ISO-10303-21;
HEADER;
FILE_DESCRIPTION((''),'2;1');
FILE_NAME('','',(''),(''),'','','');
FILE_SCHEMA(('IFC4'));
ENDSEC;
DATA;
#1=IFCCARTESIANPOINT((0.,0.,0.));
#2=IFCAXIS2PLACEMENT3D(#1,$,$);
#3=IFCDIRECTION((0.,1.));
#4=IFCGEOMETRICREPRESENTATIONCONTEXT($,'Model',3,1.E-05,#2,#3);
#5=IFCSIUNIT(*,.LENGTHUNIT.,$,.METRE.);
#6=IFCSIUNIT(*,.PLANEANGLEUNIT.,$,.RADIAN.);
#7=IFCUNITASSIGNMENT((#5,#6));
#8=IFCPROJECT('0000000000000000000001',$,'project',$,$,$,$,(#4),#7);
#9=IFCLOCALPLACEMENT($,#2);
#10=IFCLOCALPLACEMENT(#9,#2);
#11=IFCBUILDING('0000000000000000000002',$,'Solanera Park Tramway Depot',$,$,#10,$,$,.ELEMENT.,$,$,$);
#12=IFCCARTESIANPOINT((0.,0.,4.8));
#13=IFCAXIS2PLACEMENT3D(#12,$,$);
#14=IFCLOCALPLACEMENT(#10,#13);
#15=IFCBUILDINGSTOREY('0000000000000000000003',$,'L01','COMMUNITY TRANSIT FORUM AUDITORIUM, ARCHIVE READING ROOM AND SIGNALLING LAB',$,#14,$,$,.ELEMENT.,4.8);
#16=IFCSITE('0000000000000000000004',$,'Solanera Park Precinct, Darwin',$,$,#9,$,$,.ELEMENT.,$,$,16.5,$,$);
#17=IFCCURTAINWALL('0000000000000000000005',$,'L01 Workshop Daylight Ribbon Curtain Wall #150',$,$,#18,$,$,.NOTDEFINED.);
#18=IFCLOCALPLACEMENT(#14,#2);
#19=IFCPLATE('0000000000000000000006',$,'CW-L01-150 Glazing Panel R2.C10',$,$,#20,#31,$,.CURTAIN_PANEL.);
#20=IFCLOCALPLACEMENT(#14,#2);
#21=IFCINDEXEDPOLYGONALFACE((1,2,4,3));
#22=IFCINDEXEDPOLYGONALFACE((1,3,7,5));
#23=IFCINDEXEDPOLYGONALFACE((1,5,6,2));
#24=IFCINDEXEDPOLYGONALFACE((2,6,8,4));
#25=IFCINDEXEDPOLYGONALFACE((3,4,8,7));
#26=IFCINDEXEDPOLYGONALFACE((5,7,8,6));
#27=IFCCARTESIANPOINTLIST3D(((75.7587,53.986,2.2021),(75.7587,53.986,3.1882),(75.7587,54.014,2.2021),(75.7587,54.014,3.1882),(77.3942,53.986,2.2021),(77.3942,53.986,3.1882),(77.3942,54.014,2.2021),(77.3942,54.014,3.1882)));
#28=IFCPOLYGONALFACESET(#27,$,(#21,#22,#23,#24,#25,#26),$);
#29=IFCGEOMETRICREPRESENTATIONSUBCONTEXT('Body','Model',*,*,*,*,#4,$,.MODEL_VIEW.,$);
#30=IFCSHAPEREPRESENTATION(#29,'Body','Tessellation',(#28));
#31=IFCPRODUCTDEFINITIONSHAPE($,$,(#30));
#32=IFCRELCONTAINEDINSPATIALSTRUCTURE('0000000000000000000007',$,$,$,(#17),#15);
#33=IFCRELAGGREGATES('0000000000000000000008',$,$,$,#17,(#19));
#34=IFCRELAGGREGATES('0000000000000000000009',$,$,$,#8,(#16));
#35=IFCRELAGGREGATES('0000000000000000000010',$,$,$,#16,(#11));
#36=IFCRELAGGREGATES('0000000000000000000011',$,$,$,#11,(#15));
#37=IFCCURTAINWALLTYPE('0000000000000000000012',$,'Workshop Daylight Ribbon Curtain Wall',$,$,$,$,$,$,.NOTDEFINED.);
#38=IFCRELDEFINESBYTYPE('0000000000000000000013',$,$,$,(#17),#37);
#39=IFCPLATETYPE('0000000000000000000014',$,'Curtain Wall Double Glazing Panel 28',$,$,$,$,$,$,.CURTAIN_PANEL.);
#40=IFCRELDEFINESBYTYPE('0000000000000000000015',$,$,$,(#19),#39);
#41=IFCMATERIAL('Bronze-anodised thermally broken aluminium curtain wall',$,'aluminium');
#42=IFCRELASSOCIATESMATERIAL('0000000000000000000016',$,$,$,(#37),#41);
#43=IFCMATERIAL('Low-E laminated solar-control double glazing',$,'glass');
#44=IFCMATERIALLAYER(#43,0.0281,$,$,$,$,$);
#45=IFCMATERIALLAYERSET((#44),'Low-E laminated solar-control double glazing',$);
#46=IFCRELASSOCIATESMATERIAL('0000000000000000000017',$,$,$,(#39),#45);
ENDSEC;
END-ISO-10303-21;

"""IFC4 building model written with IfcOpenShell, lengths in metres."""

from ifc_helpers import new_model, si_unit, direction, frame, origin, origin_2d, place, context, subcontext, project, spatial, rectangle, extrude, material, layer, layer_set, type_object, element, aggregate, save


model = new_model("IFC4")

# Units and contexts
model_context = context("Model", 3, precision=1e-05, world=origin(), true_north=direction((0.0, 1.0)))
body_context = subcontext(model_context, "Body", "Model", "MODEL_VIEW")
ifc_project = project(units=[si_unit("LENGTHUNIT", "METRE"), si_unit("PLANEANGLEUNIT", "RADIAN")], contexts=[model_context])

# Site, building, storey
site_placement = place(None, origin())
site = spatial("IfcSite", under=ifc_project, at=site_placement, Name="Solanera Park Precinct, Darwin", CompositionType="ELEMENT", RefElevation=16.5)
building_placement = place(site_placement, origin())
building = spatial("IfcBuilding", under=site, at=building_placement, Name="Solanera Park Tramway Depot", CompositionType="ELEMENT")
storey_placement = place(building_placement, frame((0.0, 0.0, 4.8)))
storey = spatial("IfcBuildingStorey", under=building, at=storey_placement, Name="L01", Description="COMMUNITY TRANSIT FORUM AUDITORIUM, ARCHIVE READING ROOM AND SIGNALLING LAB", CompositionType="ELEMENT", Elevation=4.8)

# Curtain wall, plate
ifc_material_1 = material(Name="Bronze-anodised thermally broken aluminium curtain wall", Category="aluminium")
curtain_wall_type = type_object("IfcCurtainWallType", Name="Workshop Daylight Ribbon Curtain Wall", PredefinedType="NOTDEFINED", material=ifc_material_1)
curtain_wall_placement = place(storey_placement, origin())
curtain_wall = element("IfcCurtainWall", 1, at=curtain_wall_placement, inside=storey, type_object=curtain_wall_type, Name="L01 Workshop Daylight Ribbon Curtain Wall #150", PredefinedType="NOTDEFINED")
ifc_material_2 = material(Name="Low-E laminated solar-control double glazing", Category="glass")
ifc_layer = layer(ifc_material_2, 0.0281)
ifc_layer_set = layer_set([ifc_layer], Name="Low-E laminated solar-control double glazing")
plate_type = type_object("IfcPlateType", Name="Curtain Wall Double Glazing Panel 28", PredefinedType="CURTAIN_PANEL", material=ifc_layer_set)
plate_1_placement = place(storey_placement, frame((76.5764, 54.0, 2.2021), z_axis=(0.0, 0.0, 1.0), x_axis=(-1.0, 0.0, 0.0)))
plate_1 = element("IfcPlate", 2, at=plate_1_placement, type_object=plate_type, Name="CW-L01-150 Glazing Panel R2.C10", PredefinedType="CURTAIN_PANEL", context=body_context, shape_type="SweptSolid", body=[
    extrude(rectangle(XDim=1.6355, YDim=0.0281, at=origin_2d()), origin(), (0.0, 0.0, 1.0), 0.9861),
])
aggregate(curtain_wall, [plate_1])

save(model, "model.ifc")
